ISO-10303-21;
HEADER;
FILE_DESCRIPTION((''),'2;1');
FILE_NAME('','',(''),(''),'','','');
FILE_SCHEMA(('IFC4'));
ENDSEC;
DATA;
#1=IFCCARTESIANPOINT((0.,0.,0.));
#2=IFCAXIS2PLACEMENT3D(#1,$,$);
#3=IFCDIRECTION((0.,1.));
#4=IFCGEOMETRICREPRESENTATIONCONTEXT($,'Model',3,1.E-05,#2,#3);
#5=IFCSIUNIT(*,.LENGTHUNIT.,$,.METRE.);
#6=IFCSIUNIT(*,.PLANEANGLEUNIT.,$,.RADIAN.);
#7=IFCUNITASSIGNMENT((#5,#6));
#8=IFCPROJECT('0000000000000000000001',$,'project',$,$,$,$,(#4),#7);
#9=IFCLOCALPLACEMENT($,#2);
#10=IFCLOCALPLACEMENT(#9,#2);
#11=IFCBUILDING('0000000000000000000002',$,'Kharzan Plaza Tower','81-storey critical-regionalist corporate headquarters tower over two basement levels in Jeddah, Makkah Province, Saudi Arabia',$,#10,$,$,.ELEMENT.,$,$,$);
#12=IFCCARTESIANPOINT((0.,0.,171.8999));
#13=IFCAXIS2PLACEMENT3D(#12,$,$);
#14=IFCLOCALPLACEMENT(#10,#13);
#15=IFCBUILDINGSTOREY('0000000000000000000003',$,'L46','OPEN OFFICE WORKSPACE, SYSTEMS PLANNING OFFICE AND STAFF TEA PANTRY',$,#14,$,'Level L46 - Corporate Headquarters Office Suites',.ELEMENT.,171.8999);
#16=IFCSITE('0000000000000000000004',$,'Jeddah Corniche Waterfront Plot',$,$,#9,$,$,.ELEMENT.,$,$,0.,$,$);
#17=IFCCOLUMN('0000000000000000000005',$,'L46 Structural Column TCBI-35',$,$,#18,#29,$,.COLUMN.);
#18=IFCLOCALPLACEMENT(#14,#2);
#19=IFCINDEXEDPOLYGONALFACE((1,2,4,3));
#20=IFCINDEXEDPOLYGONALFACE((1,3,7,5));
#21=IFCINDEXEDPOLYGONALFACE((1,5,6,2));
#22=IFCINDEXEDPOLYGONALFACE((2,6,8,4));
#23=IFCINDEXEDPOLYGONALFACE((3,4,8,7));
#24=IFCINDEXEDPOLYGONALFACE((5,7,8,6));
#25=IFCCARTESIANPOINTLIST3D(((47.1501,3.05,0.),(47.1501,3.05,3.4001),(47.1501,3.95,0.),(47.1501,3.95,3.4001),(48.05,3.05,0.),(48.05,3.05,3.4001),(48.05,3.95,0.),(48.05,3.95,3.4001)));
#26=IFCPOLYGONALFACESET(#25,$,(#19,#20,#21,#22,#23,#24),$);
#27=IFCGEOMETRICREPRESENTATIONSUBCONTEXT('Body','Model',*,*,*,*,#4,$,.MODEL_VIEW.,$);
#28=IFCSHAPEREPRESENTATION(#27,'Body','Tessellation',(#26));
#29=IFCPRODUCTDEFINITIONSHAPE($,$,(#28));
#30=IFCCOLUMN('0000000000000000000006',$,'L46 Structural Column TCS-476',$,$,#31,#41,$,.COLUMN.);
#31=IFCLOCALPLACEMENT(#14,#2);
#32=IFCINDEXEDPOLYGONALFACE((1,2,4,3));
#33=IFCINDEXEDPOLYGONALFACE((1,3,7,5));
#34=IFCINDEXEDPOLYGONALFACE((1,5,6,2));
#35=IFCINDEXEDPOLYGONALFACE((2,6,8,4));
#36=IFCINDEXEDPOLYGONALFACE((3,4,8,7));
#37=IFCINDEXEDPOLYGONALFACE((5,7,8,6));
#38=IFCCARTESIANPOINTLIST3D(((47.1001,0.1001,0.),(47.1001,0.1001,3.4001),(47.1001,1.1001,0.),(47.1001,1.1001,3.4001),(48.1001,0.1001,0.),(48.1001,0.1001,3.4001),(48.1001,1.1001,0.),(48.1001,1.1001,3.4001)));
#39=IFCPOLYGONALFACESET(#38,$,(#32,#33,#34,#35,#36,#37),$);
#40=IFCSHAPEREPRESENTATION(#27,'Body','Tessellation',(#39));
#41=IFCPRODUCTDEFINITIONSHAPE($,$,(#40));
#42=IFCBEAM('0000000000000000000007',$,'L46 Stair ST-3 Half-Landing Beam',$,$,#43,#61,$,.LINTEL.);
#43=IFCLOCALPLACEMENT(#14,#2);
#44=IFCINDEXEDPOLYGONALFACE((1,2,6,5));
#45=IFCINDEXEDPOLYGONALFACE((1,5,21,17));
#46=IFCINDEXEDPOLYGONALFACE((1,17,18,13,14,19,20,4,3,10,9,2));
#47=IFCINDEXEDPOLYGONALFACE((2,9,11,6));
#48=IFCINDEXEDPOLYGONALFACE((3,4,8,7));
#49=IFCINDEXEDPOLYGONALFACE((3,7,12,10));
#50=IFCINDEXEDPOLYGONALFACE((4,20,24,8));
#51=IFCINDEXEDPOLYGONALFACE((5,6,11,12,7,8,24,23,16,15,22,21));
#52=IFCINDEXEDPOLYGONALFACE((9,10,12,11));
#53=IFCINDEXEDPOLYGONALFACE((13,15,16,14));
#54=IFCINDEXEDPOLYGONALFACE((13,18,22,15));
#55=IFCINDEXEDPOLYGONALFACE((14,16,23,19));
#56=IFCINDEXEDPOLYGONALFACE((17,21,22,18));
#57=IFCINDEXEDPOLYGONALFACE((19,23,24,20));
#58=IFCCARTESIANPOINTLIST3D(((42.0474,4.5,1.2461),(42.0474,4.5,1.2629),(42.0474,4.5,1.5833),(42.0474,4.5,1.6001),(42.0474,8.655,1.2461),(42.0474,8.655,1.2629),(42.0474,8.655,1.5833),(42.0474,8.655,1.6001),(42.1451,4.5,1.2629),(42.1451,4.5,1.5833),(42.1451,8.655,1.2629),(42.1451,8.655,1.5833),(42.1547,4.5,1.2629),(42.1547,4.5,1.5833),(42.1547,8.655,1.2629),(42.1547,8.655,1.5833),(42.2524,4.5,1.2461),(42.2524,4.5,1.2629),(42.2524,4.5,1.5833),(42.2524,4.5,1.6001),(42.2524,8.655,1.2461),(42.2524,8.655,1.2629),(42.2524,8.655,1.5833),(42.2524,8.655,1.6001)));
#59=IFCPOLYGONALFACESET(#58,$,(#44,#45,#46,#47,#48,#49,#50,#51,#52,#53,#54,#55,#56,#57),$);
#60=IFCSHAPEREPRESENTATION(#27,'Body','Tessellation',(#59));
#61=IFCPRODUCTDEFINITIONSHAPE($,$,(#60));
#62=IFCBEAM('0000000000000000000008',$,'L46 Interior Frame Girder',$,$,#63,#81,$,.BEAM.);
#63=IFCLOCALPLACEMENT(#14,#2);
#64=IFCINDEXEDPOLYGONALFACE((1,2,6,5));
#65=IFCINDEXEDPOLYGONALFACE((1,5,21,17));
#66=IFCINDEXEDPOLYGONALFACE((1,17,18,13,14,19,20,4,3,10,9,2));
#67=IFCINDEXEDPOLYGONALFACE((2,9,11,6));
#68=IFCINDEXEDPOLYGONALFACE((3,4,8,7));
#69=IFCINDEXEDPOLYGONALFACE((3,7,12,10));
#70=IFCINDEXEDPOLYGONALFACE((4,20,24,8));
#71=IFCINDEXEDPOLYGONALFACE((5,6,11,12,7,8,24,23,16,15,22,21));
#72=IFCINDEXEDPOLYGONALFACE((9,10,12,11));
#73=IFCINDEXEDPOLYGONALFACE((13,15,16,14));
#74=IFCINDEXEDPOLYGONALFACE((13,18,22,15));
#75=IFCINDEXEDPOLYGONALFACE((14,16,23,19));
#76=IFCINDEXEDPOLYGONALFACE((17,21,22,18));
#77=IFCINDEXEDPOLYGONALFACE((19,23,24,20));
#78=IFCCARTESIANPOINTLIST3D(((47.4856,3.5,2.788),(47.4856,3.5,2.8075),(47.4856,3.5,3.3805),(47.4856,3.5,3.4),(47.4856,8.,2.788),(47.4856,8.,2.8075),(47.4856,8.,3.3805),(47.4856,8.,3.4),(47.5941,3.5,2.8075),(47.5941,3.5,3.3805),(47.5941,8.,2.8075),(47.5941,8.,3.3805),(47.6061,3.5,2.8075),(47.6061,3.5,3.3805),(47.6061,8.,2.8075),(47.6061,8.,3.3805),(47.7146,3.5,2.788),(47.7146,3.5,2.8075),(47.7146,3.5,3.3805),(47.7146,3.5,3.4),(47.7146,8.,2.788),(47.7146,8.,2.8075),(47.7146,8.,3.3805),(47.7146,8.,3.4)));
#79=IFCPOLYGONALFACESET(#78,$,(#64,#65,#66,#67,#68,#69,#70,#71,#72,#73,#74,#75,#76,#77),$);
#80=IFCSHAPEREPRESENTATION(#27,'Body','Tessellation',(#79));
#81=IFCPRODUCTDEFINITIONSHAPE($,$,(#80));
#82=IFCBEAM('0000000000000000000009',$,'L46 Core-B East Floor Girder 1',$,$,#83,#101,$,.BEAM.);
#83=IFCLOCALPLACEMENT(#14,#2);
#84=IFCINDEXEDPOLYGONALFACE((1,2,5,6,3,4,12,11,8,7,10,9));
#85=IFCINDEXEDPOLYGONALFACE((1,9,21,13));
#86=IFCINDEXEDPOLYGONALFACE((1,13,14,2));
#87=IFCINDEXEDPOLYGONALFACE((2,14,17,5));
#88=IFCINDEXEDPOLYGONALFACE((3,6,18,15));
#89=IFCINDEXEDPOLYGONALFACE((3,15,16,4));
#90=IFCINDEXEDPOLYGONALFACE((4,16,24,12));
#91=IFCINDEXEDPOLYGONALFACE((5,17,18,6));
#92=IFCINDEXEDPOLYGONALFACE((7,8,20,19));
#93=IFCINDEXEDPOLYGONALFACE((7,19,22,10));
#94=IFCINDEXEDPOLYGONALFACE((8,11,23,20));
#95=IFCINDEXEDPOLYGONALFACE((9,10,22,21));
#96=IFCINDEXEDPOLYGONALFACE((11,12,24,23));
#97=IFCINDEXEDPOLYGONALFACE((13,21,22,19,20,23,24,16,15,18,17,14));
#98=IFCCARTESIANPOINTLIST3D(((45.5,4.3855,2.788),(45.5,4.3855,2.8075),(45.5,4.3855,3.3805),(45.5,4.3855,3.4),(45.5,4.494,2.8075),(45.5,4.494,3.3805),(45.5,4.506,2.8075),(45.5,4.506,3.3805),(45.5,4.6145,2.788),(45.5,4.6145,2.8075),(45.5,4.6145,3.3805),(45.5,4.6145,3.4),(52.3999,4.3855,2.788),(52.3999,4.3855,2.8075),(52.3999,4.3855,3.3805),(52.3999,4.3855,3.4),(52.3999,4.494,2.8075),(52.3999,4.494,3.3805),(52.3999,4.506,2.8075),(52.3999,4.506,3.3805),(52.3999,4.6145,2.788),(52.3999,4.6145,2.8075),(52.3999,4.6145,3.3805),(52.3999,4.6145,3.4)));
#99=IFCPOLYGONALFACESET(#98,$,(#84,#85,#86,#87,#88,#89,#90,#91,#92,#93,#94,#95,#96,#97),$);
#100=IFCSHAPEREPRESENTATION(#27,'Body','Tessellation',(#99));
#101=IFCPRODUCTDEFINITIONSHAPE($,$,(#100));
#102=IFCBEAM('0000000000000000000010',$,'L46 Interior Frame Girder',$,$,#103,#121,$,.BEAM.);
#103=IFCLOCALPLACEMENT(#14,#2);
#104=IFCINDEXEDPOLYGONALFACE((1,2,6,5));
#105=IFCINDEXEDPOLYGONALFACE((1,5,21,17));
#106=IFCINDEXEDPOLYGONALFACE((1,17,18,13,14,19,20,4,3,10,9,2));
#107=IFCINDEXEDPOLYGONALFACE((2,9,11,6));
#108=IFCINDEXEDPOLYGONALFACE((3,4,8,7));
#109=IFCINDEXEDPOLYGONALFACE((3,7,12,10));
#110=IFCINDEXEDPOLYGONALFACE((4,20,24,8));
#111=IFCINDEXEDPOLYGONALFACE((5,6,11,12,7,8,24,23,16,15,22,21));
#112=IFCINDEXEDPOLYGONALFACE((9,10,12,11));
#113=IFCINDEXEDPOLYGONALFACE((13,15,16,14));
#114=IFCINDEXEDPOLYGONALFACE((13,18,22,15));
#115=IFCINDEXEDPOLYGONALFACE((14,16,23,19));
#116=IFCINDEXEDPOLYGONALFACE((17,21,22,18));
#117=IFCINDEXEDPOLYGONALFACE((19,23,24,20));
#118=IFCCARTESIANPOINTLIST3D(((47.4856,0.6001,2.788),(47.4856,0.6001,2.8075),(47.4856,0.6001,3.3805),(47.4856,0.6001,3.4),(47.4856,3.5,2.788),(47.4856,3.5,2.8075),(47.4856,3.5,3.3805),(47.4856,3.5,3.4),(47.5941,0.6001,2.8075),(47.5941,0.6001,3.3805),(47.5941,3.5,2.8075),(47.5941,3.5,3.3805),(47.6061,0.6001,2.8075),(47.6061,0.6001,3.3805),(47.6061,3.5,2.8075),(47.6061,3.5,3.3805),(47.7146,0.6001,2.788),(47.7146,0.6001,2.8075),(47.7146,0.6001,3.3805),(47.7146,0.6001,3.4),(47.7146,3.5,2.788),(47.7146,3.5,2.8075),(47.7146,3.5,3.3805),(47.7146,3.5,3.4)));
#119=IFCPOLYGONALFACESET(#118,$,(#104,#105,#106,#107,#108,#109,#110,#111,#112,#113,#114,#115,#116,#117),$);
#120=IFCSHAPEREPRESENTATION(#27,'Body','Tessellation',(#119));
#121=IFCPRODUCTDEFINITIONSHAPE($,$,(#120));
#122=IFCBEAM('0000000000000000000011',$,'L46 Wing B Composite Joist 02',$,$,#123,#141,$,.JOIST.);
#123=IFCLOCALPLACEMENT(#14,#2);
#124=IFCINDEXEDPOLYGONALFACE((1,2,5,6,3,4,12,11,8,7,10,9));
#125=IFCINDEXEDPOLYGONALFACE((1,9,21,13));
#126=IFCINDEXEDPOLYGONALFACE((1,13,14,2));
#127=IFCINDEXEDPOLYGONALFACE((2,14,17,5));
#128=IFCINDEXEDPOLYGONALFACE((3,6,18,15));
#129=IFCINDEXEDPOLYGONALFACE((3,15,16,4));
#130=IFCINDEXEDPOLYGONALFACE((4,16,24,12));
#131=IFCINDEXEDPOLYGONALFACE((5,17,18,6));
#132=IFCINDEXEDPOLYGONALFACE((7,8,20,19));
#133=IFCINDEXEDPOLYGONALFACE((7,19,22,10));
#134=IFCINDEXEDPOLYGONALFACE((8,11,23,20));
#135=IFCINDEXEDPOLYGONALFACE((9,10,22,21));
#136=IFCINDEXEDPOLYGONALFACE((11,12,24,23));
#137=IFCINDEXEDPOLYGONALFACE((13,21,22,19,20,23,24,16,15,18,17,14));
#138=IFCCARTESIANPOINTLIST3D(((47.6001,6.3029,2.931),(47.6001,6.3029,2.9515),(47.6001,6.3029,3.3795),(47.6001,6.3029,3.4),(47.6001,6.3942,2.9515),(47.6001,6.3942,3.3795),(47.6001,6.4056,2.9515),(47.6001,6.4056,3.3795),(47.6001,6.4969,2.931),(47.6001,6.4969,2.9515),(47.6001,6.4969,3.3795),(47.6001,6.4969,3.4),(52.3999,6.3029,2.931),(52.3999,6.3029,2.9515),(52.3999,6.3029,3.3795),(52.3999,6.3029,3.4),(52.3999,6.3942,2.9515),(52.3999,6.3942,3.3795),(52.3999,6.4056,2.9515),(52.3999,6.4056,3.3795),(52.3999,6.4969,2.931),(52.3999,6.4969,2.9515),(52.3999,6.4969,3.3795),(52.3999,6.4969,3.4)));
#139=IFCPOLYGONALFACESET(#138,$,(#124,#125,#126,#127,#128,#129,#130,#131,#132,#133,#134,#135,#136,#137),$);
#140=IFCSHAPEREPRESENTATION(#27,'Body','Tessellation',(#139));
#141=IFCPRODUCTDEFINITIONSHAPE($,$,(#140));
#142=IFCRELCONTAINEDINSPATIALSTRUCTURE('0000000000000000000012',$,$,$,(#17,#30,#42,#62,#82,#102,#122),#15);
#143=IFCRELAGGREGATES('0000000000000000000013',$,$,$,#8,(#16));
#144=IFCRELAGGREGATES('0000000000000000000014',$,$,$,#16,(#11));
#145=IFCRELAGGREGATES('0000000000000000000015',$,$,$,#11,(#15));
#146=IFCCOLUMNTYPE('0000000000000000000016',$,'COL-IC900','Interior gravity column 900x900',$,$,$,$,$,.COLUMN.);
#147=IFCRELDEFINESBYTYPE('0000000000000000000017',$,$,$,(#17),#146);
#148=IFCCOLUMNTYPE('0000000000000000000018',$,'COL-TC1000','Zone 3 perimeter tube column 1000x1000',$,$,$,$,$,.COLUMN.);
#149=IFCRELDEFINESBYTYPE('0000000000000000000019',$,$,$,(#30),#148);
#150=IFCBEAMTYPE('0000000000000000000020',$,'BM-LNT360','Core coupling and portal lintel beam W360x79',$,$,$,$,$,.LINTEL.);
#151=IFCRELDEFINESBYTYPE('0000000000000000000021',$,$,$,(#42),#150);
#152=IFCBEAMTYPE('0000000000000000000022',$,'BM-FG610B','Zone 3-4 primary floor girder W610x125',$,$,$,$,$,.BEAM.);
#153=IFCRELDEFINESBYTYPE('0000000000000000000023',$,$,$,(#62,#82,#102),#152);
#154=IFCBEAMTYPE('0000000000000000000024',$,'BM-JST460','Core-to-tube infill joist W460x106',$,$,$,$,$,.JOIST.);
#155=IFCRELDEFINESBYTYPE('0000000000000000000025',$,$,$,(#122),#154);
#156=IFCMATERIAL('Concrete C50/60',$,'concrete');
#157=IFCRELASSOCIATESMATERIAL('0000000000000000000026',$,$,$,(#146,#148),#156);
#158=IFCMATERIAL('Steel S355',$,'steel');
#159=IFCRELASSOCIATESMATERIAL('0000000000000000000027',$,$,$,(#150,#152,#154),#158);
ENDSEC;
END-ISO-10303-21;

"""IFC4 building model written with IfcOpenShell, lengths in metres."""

from ifc_helpers import new_model, si_unit, direction, frame, origin, origin_2d, place, context, subcontext, project, spatial, rectangle, i_section, extrude, source, transform, mapped, material, material_profile, profile_set, type_object, element, save


model = new_model("IFC4")

# Units and contexts
model_context = context("Model", 3, precision=1e-05, world=origin(), true_north=direction((0.0, 1.0)))
body_context = subcontext(model_context, "Body", "Model", "MODEL_VIEW")
ifc_project = project(units=[si_unit("LENGTHUNIT", "METRE"), si_unit("PLANEANGLEUNIT", "RADIAN")], contexts=[model_context])

# Site, building, storey
site_placement = place(None, origin())
site = spatial("IfcSite", under=ifc_project, at=site_placement, Name="Jeddah Corniche Waterfront Plot", CompositionType="ELEMENT", RefElevation=0.0)
building_placement = place(site_placement, origin())
building = spatial("IfcBuilding", under=site, at=building_placement, Name="Kharzan Plaza Tower", Description="81-storey critical-regionalist corporate headquarters tower over two basement levels in Jeddah, Makkah Province, Saudi Arabia", CompositionType="ELEMENT")
storey_placement = place(building_placement, frame((0.0, 0.0, 171.8999)))
storey = spatial("IfcBuildingStorey", under=building, at=storey_placement, Name="L46", Description="OPEN OFFICE WORKSPACE, SYSTEMS PLANNING OFFICE AND STAFF TEA PANTRY", LongName="Level L46 - Corporate Headquarters Office Suites", CompositionType="ELEMENT", Elevation=171.8999)

# Columns
ifc_material_1 = material(Name="Concrete C50/60", Category="concrete")
ifc_material_profile_1 = material_profile(ifc_material_1, rectangle(XDim=0.8999, YDim=0.8999, at=origin_2d()), Name="RC-IC900x900")
ifc_profile_set_1 = profile_set([ifc_material_profile_1], Name="Concrete C50/60")
column_type_1 = type_object("IfcColumnType", Name="COL-IC900", Description="Interior gravity column 900x900", PredefinedType="COLUMN", material=ifc_profile_set_1)
shared_shape_1 = source(origin(), body_context, "Body", "SweptSolid", [
    extrude(rectangle(XDim=0.8999, YDim=0.8999, at=origin_2d()), origin(), (0.0, 0.0, 1.0), 3.4001),
])
column_1_placement = place(storey_placement, frame((47.6001, 3.5, 0.0), z_axis=(0.0, 0.0, 1.0), x_axis=(1.0, 0.0, 0.0)))
element("IfcColumn", 1, at=column_1_placement, inside=storey, type_object=column_type_1, Name="L46 Structural Column TCBI-35", PredefinedType="COLUMN", context=body_context, shape_type="MappedRepresentation", body=[
    mapped(shared_shape_1, transform((0.0, 0.0, 0.0), x_axis=(1.0, 0.0, 0.0), y_axis=(0.0, 1.0, 0.0), z_axis=(0.0, 0.0, 1.0))),
])
ifc_material_profile_2 = material_profile(ifc_material_1, rectangle(XDim=1.0, YDim=1.0, at=origin_2d()), Name="RC-TC1000x1000")
ifc_profile_set_2 = profile_set([ifc_material_profile_2], Name="Concrete C50/60")
column_type_2 = type_object("IfcColumnType", Name="COL-TC1000", Description="Zone 3 perimeter tube column 1000x1000", PredefinedType="COLUMN", material=ifc_profile_set_2)
shared_shape_2 = source(origin(), body_context, "Body", "SweptSolid", [
    extrude(rectangle(XDim=1.0, YDim=1.0, at=origin_2d()), origin(), (0.0, 0.0, 1.0), 3.4001),
])
column_2_placement = place(storey_placement, frame((47.6001, 0.6001, 0.0), z_axis=(0.0, 0.0, 1.0), x_axis=(1.0, 0.0, 0.0)))
element("IfcColumn", 2, at=column_2_placement, inside=storey, type_object=column_type_2, Name="L46 Structural Column TCS-476", PredefinedType="COLUMN", context=body_context, shape_type="MappedRepresentation", body=[
    mapped(shared_shape_2, transform((0.0, 0.0, 0.0), x_axis=(1.0, 0.0, 0.0), y_axis=(0.0, 1.0, 0.0), z_axis=(0.0, 0.0, 1.0))),
])

# Beams
ifc_material_2 = material(Name="Steel S355", Category="steel")
ifc_material_profile_3 = material_profile(ifc_material_2, i_section(OverallWidth=0.2051, OverallDepth=0.354, WebThickness=0.0095, FlangeThickness=0.0168, at=origin_2d()), Name="W360x79")
ifc_profile_set_3 = profile_set([ifc_material_profile_3], Name="Steel S355")
beam_type_1 = type_object("IfcBeamType", Name="BM-LNT360", Description="Core coupling and portal lintel beam W360x79", PredefinedType="LINTEL", material=ifc_profile_set_3)
shared_shape_3 = source(origin(), body_context, "Body", "SweptSolid", [
    extrude(i_section(OverallWidth=0.2051, OverallDepth=0.354, WebThickness=0.0095, FlangeThickness=0.0168, at=origin_2d()), origin(), (0.0, 0.0, 1.0), 4.155),
])
beam_1_placement = place(storey_placement, frame((42.1499, 4.5, 1.4231), z_axis=(0.0, 1.0, 0.0), x_axis=(-1.0, 0.0, 0.0)))
element("IfcBeam", 3, at=beam_1_placement, inside=storey, type_object=beam_type_1, Name="L46 Stair ST-3 Half-Landing Beam", PredefinedType="LINTEL", context=body_context, shape_type="MappedRepresentation", body=[
    mapped(shared_shape_3, transform((0.0, 0.0, 0.0), x_axis=(1.0, 0.0, 0.0), y_axis=(0.0, 1.0, 0.0), z_axis=(0.0, 0.0, 1.0))),
])
ifc_material_profile_4 = material_profile(ifc_material_2, i_section(OverallWidth=0.229, OverallDepth=0.6121, WebThickness=0.012, FlangeThickness=0.0195, at=origin_2d()), Name="W610x125")
ifc_profile_set_4 = profile_set([ifc_material_profile_4], Name="Steel S355")
beam_type_2 = type_object("IfcBeamType", Name="BM-FG610B", Description="Zone 3-4 primary floor girder W610x125", PredefinedType="BEAM", material=ifc_profile_set_4)
shared_shape_4 = source(origin(), body_context, "Body", "SweptSolid", [
    extrude(i_section(OverallWidth=0.229, OverallDepth=0.6121, WebThickness=0.012, FlangeThickness=0.0195, at=origin_2d()), origin(), (0.0, 0.0, 1.0), 4.5),
])
beam_2_placement = place(storey_placement, frame((47.6001, 3.5, 3.094), z_axis=(0.0, 1.0, 0.0), x_axis=(-1.0, 0.0, 0.0)))
element("IfcBeam", 4, at=beam_2_placement, inside=storey, type_object=beam_type_2, Name="L46 Interior Frame Girder", PredefinedType="BEAM", context=body_context, shape_type="MappedRepresentation", body=[
    mapped(shared_shape_4, transform((0.0, 0.0, 0.0), x_axis=(1.0, 0.0, 0.0), y_axis=(0.0, 1.0, 0.0), z_axis=(0.0, 0.0, 1.0))),
])
shared_shape_5 = source(origin(), body_context, "Body", "SweptSolid", [
    extrude(i_section(OverallWidth=0.229, OverallDepth=0.6121, WebThickness=0.012, FlangeThickness=0.0195, at=origin_2d()), origin(), (0.0, 0.0, 1.0), 6.8999),
])
beam_3_placement = place(storey_placement, frame((45.5, 4.5, 3.094), z_axis=(1.0, 0.0, 0.0), x_axis=(0.0, 1.0, 0.0)))
element("IfcBeam", 5, at=beam_3_placement, inside=storey, type_object=beam_type_2, Name="L46 Core-B East Floor Girder 1", PredefinedType="BEAM", context=body_context, shape_type="MappedRepresentation", body=[
    mapped(shared_shape_5, transform((0.0, 0.0, 0.0), x_axis=(1.0, 0.0, 0.0), y_axis=(0.0, 1.0, 0.0), z_axis=(0.0, 0.0, 1.0))),
])
shared_shape_6 = source(origin(), body_context, "Body", "SweptSolid", [
    extrude(i_section(OverallWidth=0.229, OverallDepth=0.6121, WebThickness=0.012, FlangeThickness=0.0195, at=origin_2d()), origin(), (0.0, 0.0, 1.0), 2.8999),
])
beam_4_placement = place(storey_placement, frame((47.6001, 0.6001, 3.094), z_axis=(0.0, 1.0, 0.0), x_axis=(-1.0, 0.0, 0.0)))
element("IfcBeam", 6, at=beam_4_placement, inside=storey, type_object=beam_type_2, Name="L46 Interior Frame Girder", PredefinedType="BEAM", context=body_context, shape_type="MappedRepresentation", body=[
    mapped(shared_shape_6, transform((0.0, 0.0, 0.0), x_axis=(1.0, 0.0, 0.0), y_axis=(0.0, 1.0, 0.0), z_axis=(0.0, 0.0, 1.0))),
])
ifc_material_profile_5 = material_profile(ifc_material_2, i_section(OverallWidth=0.1941, OverallDepth=0.469, WebThickness=0.0115, FlangeThickness=0.0205, at=origin_2d()), Name="W460x106")
ifc_profile_set_5 = profile_set([ifc_material_profile_5], Name="Steel S355")
beam_type_3 = type_object("IfcBeamType", Name="BM-JST460", Description="Core-to-tube infill joist W460x106", PredefinedType="JOIST", material=ifc_profile_set_5)
shared_shape_7 = source(origin(), body_context, "Body", "SweptSolid", [
    extrude(i_section(OverallWidth=0.1941, OverallDepth=0.469, WebThickness=0.0115, FlangeThickness=0.0205, at=origin_2d()), origin(), (0.0, 0.0, 1.0), 4.7998),
])
beam_5_placement = place(storey_placement, frame((47.6001, 6.3999, 3.1655), z_axis=(1.0, 0.0, 0.0), x_axis=(0.0, 1.0, 0.0)))
element("IfcBeam", 7, at=beam_5_placement, inside=storey, type_object=beam_type_3, Name="L46 Wing B Composite Joist 02", PredefinedType="JOIST", context=body_context, shape_type="MappedRepresentation", body=[
    mapped(shared_shape_7, transform((0.0, 0.0, 0.0), x_axis=(1.0, 0.0, 0.0), y_axis=(0.0, 1.0, 0.0), z_axis=(0.0, 0.0, 1.0))),
])

save(model, "model.ifc")
